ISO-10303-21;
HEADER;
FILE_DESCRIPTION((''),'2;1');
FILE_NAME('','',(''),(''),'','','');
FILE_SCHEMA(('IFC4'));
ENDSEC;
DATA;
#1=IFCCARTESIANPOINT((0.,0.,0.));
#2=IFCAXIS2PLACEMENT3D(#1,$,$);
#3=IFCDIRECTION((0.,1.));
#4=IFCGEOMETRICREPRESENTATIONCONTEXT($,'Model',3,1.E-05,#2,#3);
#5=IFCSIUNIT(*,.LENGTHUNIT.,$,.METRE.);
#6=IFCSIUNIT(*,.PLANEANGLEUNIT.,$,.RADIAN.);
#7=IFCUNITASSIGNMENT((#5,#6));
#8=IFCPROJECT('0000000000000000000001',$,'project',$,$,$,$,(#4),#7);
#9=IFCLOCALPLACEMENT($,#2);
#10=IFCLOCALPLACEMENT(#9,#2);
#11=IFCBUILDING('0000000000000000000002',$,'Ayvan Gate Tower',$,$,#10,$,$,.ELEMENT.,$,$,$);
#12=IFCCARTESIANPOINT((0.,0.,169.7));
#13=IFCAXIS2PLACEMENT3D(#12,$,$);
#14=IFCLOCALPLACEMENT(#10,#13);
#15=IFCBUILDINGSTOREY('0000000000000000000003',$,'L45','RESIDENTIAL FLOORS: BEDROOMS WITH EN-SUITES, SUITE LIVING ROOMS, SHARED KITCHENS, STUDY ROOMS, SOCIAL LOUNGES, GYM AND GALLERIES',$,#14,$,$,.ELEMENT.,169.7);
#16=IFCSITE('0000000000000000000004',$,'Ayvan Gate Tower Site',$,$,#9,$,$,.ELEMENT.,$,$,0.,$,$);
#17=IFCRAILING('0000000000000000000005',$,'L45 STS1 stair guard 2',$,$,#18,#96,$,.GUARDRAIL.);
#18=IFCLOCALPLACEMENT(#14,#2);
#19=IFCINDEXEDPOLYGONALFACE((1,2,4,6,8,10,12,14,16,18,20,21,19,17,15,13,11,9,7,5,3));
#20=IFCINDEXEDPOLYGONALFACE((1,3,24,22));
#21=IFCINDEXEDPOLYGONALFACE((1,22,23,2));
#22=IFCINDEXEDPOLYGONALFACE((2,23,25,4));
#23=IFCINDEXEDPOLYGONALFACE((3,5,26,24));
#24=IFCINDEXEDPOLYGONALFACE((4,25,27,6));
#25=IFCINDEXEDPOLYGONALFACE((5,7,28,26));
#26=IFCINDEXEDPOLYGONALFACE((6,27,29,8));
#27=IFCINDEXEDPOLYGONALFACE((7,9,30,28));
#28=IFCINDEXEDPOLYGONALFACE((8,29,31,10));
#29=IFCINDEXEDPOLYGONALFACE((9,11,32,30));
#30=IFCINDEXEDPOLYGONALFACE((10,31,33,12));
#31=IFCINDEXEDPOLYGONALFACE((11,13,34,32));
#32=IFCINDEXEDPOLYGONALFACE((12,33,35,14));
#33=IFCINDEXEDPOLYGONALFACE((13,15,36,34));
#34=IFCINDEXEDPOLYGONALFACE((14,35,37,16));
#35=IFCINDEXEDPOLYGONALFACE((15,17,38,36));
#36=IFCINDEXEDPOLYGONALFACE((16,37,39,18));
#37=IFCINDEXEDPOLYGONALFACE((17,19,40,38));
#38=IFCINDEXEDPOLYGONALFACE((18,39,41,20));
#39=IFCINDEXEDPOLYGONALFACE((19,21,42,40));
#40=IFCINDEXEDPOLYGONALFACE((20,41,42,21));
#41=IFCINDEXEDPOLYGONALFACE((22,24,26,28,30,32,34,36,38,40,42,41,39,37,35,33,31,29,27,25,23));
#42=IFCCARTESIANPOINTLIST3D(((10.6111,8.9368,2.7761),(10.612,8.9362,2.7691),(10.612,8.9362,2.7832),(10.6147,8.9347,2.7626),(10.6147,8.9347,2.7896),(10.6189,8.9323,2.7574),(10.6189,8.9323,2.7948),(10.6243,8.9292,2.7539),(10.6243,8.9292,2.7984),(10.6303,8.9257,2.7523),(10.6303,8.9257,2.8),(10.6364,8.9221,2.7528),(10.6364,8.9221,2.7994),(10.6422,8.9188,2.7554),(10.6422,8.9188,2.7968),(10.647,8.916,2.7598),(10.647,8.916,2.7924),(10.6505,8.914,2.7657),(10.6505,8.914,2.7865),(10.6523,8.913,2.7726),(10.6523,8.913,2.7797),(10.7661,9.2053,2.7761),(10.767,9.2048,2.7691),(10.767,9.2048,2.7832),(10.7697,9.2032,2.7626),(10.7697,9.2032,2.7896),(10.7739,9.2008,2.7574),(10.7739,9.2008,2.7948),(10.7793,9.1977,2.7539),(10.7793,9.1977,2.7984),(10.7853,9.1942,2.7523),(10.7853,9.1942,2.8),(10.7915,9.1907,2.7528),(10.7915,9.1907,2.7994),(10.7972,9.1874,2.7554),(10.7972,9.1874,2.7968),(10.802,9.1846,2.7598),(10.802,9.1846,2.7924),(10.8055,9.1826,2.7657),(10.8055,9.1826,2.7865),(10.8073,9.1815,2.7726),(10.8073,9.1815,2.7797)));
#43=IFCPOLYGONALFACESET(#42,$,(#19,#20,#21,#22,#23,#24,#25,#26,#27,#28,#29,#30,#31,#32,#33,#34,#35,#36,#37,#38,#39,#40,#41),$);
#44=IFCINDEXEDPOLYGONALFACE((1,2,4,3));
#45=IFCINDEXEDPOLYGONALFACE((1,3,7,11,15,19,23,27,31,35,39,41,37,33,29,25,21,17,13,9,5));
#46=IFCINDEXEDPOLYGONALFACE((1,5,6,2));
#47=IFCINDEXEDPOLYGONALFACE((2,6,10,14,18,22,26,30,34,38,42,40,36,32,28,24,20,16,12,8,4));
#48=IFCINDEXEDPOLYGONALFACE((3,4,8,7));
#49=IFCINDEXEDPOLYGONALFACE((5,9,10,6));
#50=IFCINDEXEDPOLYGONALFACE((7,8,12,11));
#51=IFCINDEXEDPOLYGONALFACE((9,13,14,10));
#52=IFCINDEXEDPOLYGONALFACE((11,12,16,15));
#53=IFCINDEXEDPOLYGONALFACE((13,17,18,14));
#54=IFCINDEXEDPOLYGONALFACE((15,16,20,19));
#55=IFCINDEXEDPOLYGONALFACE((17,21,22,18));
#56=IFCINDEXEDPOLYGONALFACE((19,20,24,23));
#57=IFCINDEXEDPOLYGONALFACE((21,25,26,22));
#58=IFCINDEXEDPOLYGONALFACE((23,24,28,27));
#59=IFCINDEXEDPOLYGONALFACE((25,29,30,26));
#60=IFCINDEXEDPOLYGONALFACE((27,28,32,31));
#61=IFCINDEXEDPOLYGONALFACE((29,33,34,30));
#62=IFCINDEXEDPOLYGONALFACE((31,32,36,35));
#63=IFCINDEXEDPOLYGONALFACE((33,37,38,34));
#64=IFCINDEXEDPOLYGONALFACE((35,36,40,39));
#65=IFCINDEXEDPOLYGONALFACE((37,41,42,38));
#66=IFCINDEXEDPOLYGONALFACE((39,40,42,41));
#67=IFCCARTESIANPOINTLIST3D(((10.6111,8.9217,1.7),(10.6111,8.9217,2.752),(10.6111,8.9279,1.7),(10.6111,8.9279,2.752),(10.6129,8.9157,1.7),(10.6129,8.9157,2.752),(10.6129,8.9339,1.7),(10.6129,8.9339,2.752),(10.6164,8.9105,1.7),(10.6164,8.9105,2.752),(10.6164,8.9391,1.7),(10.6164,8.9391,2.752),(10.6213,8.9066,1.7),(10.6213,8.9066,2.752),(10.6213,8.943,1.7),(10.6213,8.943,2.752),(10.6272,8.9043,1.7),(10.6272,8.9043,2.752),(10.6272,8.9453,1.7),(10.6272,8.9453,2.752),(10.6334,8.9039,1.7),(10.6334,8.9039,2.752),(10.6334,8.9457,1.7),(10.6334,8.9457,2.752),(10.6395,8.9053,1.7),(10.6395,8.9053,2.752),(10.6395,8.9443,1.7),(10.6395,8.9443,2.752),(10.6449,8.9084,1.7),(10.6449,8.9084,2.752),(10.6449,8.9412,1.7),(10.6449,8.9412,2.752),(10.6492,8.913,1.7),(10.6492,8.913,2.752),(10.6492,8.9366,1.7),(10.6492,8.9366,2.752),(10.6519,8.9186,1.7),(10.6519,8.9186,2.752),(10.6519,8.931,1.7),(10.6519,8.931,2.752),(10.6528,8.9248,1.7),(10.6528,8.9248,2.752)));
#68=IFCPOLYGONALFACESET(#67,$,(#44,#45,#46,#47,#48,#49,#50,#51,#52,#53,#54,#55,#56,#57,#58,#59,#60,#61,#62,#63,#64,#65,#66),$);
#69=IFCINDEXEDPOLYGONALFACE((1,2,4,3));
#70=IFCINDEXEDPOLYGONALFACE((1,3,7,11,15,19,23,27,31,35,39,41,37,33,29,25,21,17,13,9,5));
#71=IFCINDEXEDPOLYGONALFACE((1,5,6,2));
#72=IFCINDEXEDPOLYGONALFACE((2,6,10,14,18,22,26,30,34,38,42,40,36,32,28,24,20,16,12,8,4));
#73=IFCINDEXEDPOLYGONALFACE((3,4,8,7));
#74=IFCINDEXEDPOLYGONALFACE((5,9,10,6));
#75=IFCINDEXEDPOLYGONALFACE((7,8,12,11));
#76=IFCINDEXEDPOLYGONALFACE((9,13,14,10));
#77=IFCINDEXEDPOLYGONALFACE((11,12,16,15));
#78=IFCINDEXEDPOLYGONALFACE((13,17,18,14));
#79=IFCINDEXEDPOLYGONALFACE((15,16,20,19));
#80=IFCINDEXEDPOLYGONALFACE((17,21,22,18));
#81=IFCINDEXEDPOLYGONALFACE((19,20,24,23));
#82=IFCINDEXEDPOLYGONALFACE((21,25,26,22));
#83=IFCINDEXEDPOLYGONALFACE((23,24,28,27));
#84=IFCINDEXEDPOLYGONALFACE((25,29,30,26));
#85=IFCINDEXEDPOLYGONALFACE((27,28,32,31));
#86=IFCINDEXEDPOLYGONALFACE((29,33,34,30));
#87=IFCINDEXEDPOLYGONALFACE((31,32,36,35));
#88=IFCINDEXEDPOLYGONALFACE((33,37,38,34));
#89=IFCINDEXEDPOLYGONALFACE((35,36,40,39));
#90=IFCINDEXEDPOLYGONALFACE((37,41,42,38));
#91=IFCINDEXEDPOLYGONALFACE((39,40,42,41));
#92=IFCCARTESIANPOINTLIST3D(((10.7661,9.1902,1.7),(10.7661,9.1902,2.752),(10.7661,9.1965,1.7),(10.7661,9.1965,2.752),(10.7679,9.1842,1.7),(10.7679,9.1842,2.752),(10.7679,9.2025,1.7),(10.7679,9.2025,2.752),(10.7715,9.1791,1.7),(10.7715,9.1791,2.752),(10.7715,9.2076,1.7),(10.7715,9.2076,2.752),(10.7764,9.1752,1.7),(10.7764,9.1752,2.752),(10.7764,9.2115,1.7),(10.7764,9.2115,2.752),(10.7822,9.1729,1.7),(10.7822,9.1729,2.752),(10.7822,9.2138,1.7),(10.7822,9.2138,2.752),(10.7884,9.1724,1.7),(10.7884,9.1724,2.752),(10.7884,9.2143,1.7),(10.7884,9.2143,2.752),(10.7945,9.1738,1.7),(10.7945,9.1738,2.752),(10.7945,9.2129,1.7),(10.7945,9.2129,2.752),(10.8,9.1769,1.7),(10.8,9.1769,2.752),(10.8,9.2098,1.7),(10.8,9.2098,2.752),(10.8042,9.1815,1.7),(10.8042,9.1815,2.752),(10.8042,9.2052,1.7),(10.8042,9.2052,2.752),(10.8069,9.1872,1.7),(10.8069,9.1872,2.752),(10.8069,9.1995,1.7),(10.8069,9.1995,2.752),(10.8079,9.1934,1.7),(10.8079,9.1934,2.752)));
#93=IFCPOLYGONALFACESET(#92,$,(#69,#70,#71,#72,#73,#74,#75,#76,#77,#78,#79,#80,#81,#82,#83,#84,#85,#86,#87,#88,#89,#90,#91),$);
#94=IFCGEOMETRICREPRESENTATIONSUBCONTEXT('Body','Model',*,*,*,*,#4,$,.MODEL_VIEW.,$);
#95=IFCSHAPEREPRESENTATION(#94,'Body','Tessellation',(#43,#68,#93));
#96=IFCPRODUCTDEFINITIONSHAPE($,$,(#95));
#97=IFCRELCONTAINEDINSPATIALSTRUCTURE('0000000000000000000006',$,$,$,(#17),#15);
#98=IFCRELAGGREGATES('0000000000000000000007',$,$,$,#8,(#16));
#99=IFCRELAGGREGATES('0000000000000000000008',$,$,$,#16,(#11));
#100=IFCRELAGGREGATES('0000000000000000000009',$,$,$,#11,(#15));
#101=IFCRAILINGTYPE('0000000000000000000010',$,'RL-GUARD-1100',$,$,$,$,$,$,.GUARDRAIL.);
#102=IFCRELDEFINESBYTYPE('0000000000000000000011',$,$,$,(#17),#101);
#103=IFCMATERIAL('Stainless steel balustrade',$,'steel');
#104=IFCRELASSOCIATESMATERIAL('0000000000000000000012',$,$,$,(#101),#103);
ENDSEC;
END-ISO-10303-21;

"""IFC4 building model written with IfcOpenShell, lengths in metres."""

from ifc_helpers import new_model, si_unit, direction, frame, origin, origin_2d, place, context, subcontext, project, spatial, circle, extrude, material, type_object, element, save


model = new_model("IFC4")

# Units and contexts
model_context = context("Model", 3, precision=1e-05, world=origin(), true_north=direction((0.0, 1.0)))
body_context = subcontext(model_context, "Body", "Model", "MODEL_VIEW")
ifc_project = project(units=[si_unit("LENGTHUNIT", "METRE"), si_unit("PLANEANGLEUNIT", "RADIAN")], contexts=[model_context])

# Site, building, storey
site_placement = place(None, origin())
site = spatial("IfcSite", under=ifc_project, at=site_placement, Name="Ayvan Gate Tower Site", CompositionType="ELEMENT", RefElevation=0.0)
building_placement = place(site_placement, origin())
building = spatial("IfcBuilding", under=site, at=building_placement, Name="Ayvan Gate Tower", CompositionType="ELEMENT")
storey_placement = place(building_placement, frame((0.0, 0.0, 169.7)))
storey = spatial("IfcBuildingStorey", under=building, at=storey_placement, Name="L45", Description="RESIDENTIAL FLOORS: BEDROOMS WITH EN-SUITES, SUITE LIVING ROOMS, SHARED KITCHENS, STUDY ROOMS, SOCIAL LOUNGES, GYM AND GALLERIES", CompositionType="ELEMENT", Elevation=169.7)

# Railing
ifc_material_1 = material(Name="Stainless steel balustrade", Category="steel")
railing_type_1 = type_object("IfcRailingType", Name="RL-GUARD-1100", PredefinedType="GUARDRAIL", material=ifc_material_1)
railing_1_placement = place(storey_placement, frame((10.6318, 8.9248, 1.7)))
element("IfcRailing", 1, at=railing_1_placement, inside=storey, type_object=railing_type_1, Name="L45 STS1 stair guard 2", PredefinedType="GUARDRAIL", context=body_context, shape_type="SweptSolid", body=[
    extrude(circle(Radius=0.0239, at=origin_2d()), frame((0.0, 0.0, 1.0762), z_axis=(0.49995, 0.866054, 0.0), x_axis=(-0.866054, 0.49995, 0.0)), (0.0, 0.0, 1.0), 0.3101),
    extrude(circle(Radius=0.021, at=origin_2d()), origin(), (0.0, 0.0, 1.0), 1.052),
    extrude(circle(Radius=0.021, at=origin_2d()), frame((0.155, 0.2686, 0.0)), (0.0, 0.0, 1.0), 1.052),
])

save(model, "model.ifc")
